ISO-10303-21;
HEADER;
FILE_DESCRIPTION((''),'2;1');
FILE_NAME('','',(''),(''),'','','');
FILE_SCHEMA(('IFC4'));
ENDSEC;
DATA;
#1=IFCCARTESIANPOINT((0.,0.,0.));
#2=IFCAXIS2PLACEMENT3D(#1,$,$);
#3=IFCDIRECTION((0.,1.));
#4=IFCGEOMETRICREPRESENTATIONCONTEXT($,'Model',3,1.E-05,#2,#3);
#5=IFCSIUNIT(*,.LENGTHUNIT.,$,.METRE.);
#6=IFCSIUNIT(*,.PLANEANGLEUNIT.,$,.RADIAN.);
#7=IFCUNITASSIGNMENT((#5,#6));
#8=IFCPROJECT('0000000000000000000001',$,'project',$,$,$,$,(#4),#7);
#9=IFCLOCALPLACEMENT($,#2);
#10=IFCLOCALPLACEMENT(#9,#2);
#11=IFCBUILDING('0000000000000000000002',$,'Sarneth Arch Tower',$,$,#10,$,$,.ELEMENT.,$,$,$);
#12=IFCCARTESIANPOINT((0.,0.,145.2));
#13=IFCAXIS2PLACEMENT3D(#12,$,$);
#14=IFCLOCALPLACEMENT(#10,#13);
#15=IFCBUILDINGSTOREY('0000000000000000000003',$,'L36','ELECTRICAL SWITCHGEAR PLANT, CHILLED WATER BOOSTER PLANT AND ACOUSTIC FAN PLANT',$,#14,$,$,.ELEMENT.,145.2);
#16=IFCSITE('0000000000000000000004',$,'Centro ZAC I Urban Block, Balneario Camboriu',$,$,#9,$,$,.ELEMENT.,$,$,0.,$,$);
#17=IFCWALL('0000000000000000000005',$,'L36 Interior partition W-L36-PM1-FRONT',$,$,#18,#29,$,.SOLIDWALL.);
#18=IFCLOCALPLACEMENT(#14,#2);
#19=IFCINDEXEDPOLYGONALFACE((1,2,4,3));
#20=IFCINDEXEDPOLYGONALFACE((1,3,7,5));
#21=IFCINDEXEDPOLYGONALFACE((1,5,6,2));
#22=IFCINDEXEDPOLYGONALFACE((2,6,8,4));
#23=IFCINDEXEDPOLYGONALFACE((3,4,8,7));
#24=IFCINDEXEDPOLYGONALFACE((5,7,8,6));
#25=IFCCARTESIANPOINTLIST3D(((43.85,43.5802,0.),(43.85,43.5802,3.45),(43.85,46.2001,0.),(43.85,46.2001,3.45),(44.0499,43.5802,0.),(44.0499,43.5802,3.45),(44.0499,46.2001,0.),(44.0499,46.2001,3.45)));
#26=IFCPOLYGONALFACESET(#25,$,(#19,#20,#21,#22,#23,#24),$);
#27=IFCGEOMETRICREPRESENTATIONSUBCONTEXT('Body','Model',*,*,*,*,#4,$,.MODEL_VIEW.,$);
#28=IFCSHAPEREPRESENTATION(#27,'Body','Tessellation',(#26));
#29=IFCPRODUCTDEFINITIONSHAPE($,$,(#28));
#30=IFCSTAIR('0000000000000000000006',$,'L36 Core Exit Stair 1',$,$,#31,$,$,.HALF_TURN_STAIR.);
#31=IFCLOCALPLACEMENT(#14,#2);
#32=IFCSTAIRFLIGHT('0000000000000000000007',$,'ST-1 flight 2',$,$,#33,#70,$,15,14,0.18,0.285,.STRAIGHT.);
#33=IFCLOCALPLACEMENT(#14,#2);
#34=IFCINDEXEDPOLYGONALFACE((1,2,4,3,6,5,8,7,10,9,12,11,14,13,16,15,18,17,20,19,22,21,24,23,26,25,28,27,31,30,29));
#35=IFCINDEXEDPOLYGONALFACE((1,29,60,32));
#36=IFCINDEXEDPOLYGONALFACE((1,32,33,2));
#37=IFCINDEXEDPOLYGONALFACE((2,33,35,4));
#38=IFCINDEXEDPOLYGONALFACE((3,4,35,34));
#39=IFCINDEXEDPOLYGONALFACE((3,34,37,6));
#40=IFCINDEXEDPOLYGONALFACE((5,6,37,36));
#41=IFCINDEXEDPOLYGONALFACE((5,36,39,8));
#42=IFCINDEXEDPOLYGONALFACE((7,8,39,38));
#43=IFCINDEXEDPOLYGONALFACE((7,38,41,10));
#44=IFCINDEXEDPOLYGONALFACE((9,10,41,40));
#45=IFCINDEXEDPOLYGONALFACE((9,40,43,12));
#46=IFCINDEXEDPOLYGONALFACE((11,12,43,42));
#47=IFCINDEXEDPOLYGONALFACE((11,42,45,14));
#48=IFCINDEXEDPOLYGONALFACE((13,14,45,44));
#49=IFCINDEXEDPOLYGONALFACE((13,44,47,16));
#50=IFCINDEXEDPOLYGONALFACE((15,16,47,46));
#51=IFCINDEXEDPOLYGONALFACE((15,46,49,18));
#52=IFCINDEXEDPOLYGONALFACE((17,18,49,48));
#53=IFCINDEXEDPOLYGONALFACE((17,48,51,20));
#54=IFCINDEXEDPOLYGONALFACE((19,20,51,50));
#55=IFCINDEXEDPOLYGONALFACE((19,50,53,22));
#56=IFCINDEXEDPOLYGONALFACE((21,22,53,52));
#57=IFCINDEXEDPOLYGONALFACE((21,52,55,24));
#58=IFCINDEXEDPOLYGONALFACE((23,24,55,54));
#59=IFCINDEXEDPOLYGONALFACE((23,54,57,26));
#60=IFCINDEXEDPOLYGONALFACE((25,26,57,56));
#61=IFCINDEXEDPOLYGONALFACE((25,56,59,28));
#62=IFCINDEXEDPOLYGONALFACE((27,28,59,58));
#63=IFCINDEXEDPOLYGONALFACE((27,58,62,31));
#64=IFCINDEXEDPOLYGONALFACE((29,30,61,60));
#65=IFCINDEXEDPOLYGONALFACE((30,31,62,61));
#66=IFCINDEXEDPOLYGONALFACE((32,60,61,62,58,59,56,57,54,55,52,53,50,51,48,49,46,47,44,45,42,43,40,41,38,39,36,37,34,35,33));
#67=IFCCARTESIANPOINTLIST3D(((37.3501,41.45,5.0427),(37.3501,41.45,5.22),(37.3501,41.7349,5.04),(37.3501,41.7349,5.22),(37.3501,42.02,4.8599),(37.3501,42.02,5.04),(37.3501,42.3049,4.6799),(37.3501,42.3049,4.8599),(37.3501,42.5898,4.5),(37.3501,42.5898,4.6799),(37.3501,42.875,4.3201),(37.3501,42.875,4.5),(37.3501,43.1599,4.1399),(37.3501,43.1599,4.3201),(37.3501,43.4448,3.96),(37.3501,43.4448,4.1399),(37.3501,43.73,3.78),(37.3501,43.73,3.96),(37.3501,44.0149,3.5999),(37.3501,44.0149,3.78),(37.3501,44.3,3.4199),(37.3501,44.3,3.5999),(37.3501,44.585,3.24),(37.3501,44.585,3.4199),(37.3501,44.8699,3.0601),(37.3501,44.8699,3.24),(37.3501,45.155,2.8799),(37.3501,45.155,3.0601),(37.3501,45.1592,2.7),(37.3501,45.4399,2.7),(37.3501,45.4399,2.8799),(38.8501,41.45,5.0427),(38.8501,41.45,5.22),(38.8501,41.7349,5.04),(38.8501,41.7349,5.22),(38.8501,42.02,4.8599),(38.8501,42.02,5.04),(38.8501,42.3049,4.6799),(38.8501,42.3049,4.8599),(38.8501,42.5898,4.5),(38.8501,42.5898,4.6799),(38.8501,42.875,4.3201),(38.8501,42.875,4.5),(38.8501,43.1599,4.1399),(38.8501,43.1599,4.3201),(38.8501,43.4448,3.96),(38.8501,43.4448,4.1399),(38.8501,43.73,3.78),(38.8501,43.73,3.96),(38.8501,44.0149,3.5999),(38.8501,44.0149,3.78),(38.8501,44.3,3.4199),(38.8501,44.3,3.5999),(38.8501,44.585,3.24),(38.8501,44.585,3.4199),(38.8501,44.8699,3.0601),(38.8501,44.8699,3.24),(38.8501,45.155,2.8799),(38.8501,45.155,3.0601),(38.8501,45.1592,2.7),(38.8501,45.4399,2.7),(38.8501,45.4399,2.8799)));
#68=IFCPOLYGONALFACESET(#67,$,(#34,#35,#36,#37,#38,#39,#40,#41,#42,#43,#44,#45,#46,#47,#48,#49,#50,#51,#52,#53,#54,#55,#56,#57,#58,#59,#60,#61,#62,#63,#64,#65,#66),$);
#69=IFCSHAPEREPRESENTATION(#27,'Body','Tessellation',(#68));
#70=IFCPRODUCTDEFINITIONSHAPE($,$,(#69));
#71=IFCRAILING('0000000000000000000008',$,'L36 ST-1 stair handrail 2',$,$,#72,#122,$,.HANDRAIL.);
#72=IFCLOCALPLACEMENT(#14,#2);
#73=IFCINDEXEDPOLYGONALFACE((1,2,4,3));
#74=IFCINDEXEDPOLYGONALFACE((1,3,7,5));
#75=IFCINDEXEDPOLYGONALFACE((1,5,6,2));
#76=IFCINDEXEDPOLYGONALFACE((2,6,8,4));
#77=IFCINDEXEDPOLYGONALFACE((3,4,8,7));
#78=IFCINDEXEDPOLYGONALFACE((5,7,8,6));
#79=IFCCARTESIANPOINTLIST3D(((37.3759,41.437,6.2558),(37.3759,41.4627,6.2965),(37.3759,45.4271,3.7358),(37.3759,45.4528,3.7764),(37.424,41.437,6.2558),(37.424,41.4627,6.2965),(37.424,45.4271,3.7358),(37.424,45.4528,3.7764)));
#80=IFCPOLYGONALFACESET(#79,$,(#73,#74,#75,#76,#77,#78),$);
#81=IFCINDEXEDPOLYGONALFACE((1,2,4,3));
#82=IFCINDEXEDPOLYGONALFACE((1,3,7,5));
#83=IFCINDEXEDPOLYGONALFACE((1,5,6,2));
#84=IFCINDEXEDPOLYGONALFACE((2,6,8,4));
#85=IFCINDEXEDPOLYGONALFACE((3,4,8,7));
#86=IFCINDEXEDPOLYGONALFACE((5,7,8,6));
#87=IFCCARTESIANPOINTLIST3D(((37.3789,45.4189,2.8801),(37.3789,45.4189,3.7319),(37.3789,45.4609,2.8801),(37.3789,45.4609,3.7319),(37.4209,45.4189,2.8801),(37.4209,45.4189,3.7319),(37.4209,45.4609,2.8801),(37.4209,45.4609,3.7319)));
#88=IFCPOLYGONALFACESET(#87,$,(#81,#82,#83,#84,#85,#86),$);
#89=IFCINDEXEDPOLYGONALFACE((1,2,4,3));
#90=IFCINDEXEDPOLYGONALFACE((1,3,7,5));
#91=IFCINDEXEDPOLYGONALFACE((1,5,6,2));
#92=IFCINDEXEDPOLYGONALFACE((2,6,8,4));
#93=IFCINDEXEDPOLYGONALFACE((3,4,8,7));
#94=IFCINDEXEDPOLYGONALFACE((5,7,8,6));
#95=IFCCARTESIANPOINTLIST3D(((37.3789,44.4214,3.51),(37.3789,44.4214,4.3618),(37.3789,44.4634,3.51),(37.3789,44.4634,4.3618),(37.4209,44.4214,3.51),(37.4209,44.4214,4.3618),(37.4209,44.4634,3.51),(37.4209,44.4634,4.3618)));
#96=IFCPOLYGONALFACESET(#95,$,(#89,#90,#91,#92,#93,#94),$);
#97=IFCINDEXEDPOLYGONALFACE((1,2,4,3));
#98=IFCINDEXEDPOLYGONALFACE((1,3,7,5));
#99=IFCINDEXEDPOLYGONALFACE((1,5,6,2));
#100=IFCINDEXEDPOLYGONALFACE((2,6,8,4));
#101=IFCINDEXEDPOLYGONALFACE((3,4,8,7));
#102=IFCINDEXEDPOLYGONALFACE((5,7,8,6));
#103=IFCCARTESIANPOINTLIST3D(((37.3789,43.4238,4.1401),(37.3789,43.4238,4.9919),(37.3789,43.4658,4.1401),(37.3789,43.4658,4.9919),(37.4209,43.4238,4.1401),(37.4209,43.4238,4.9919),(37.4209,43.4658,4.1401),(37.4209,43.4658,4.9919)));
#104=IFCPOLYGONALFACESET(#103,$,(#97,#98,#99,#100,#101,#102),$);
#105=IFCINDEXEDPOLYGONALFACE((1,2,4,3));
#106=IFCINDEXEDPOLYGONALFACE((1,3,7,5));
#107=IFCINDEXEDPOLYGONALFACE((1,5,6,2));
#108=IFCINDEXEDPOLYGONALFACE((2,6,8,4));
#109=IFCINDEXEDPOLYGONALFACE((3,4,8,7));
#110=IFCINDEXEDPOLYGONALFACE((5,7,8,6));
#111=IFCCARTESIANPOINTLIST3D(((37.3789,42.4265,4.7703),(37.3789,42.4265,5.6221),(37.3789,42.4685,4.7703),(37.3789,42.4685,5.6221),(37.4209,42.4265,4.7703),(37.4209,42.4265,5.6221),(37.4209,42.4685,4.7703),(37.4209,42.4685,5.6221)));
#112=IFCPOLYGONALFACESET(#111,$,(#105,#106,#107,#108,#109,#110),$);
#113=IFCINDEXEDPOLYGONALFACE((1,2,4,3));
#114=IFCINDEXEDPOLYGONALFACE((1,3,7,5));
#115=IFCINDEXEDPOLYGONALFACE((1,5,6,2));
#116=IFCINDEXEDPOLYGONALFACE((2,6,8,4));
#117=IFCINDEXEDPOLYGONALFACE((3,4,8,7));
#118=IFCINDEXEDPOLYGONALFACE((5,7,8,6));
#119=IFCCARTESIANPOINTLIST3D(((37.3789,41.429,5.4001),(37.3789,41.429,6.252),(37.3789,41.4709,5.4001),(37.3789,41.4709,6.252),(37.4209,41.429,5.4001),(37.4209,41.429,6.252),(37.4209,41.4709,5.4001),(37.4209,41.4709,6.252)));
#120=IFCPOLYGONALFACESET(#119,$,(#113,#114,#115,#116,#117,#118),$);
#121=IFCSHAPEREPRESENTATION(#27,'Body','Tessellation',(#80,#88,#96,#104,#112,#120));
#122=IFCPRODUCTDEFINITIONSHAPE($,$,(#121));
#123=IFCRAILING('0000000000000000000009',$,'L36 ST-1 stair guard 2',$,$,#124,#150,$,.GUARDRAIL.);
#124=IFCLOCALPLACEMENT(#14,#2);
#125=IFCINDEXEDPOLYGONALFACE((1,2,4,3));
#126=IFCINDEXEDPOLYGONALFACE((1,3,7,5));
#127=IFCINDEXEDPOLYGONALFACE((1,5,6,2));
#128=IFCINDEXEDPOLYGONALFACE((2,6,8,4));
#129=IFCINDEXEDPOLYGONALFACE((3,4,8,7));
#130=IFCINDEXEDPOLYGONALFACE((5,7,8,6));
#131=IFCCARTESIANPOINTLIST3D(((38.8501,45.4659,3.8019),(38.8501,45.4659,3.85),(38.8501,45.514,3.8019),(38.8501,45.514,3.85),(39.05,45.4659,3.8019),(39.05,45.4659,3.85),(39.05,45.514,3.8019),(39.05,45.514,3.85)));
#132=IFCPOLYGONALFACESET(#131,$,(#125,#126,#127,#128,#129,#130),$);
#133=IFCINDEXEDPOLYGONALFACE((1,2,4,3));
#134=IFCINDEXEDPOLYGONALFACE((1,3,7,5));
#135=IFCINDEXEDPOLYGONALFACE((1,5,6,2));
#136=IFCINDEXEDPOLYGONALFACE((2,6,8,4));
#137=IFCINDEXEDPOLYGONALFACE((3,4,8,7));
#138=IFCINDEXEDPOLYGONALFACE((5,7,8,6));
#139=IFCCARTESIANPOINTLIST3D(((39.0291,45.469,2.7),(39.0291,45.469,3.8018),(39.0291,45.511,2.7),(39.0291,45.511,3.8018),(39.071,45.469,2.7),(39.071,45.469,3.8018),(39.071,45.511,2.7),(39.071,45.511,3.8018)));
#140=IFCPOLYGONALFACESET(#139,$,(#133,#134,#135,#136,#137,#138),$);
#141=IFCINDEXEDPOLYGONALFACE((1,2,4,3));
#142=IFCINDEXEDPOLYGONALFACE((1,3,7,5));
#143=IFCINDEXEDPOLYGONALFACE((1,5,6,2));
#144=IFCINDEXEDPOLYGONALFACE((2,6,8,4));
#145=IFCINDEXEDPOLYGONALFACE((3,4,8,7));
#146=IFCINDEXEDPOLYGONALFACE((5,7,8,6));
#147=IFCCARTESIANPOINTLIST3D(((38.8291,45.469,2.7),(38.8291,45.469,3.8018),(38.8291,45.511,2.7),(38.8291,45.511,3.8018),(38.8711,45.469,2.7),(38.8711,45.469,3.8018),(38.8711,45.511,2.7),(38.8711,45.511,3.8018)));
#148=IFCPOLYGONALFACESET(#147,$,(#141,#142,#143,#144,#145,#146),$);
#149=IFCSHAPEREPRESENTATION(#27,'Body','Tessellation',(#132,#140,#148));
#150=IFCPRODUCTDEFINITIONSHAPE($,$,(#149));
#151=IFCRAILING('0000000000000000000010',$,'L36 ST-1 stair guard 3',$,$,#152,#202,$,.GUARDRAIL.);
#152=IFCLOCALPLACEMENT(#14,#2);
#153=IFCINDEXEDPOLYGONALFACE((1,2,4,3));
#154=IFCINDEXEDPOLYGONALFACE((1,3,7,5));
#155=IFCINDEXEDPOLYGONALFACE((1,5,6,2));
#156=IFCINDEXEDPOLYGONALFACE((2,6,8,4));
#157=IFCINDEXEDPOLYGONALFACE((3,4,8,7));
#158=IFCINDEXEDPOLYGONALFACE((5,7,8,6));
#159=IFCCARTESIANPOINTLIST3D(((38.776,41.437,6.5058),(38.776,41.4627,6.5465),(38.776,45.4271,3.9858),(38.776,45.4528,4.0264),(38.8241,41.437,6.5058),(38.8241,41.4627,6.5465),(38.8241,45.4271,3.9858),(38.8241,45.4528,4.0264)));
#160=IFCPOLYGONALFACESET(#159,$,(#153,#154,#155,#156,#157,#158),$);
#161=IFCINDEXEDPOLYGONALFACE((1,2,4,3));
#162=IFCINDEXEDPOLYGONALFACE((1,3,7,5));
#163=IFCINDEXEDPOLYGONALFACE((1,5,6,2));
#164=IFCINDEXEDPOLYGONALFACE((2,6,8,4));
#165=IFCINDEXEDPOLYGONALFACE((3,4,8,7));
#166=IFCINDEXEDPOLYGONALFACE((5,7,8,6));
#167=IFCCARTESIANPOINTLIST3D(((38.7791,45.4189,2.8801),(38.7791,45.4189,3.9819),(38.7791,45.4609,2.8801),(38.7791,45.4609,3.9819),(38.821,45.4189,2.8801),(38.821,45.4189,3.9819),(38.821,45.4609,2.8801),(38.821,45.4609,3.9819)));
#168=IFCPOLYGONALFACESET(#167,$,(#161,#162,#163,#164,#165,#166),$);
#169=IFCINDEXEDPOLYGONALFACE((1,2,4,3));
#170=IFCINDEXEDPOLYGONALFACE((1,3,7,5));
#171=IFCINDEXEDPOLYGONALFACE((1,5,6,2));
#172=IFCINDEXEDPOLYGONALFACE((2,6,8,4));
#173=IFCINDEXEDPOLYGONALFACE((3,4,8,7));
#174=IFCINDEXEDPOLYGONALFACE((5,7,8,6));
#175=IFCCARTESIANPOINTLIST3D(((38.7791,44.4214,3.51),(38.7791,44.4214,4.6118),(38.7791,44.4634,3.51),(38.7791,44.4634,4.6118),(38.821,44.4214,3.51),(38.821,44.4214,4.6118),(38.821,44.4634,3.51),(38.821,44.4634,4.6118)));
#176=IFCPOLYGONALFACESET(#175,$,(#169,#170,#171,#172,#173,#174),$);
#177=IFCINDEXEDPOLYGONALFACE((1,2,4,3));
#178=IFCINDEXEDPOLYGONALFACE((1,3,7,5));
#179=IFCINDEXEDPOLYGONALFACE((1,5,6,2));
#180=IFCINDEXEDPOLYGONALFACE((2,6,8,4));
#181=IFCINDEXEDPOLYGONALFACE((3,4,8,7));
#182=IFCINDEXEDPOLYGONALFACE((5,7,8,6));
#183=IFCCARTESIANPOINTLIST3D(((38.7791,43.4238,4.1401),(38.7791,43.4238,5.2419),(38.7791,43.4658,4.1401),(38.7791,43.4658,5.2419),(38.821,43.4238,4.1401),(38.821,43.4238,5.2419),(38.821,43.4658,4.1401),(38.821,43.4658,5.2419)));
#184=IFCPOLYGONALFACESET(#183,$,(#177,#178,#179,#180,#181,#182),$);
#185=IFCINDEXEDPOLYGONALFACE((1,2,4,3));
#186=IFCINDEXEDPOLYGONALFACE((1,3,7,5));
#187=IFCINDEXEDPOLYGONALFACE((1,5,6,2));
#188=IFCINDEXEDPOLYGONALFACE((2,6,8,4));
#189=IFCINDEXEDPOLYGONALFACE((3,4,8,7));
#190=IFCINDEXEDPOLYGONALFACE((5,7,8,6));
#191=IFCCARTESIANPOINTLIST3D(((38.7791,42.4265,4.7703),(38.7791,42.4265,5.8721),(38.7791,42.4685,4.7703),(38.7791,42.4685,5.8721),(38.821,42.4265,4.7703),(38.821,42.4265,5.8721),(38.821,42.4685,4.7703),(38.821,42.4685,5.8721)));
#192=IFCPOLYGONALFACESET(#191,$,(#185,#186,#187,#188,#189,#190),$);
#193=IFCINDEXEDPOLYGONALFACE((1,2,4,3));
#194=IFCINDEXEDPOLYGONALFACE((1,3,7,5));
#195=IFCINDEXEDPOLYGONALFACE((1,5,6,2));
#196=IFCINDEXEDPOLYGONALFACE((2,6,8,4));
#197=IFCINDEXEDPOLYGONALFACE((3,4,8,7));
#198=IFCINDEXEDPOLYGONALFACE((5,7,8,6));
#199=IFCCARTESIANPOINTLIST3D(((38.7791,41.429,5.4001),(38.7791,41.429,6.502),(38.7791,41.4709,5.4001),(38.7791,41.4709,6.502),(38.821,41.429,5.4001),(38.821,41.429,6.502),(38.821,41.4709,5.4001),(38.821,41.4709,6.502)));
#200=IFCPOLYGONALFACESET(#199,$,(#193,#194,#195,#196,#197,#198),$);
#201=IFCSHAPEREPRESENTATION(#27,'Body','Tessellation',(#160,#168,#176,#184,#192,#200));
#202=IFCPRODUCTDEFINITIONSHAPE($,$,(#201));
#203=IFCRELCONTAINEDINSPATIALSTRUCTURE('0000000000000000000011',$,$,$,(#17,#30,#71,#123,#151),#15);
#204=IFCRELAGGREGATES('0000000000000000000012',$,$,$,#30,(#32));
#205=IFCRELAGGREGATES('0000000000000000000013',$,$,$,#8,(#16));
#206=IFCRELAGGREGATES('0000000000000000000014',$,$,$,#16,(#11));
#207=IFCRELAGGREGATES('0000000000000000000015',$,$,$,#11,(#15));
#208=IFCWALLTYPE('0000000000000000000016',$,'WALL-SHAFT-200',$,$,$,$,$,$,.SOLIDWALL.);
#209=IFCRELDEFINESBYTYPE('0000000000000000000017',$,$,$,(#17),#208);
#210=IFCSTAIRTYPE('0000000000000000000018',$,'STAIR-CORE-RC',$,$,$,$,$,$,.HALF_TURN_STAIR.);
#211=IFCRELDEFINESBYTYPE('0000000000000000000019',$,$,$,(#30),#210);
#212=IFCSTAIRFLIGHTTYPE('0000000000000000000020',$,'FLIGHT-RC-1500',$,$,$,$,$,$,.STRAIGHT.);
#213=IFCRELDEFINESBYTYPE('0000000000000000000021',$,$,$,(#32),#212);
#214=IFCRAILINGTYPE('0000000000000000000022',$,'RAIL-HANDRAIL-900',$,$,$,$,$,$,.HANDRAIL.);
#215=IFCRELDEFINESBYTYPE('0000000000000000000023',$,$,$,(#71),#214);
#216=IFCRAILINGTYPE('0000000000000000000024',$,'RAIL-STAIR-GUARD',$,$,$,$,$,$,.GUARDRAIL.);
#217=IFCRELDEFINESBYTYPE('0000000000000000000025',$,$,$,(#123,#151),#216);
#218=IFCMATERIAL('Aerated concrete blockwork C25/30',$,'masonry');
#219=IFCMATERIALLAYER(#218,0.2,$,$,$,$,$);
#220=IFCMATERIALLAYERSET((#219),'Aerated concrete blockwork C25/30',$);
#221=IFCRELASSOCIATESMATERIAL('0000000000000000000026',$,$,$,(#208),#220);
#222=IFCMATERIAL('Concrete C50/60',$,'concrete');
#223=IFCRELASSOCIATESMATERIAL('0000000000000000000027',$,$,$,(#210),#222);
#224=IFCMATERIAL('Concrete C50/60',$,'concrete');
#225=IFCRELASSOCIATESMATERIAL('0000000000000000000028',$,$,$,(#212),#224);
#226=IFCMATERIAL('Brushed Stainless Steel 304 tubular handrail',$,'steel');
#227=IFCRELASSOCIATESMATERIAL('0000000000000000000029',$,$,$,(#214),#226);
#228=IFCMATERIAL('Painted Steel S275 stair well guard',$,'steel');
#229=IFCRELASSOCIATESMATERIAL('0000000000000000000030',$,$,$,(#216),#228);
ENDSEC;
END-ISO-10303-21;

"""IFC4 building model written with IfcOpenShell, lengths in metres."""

from ifc_helpers import new_model, si_unit, direction, frame, frame_2d, origin, origin_2d, place, context, subcontext, project, spatial, polyline, rectangle, outline, extrude, material, layer, layer_set, type_object, element, aggregate, save


model = new_model("IFC4")

# Units and contexts
model_context = context("Model", 3, precision=1e-05, world=origin(), true_north=direction((0.0, 1.0)))
body_context = subcontext(model_context, "Body", "Model", "MODEL_VIEW")
ifc_project = project(units=[si_unit("LENGTHUNIT", "METRE"), si_unit("PLANEANGLEUNIT", "RADIAN")], contexts=[model_context])

# Site, building, storey
site_placement = place(None, origin())
site = spatial("IfcSite", under=ifc_project, at=site_placement, Name="Centro ZAC I Urban Block, Balneario Camboriu", CompositionType="ELEMENT", RefElevation=0.0)
building_placement = place(site_placement, origin())
building = spatial("IfcBuilding", under=site, at=building_placement, Name="Sarneth Arch Tower", CompositionType="ELEMENT")
storey_placement = place(building_placement, frame((0.0, 0.0, 145.2)))
storey = spatial("IfcBuildingStorey", under=building, at=storey_placement, Name="L36", Description="ELECTRICAL SWITCHGEAR PLANT, CHILLED WATER BOOSTER PLANT AND ACOUSTIC FAN PLANT", CompositionType="ELEMENT", Elevation=145.2)

# Shared definitions
ifc_material_1 = material(Name="Aerated concrete blockwork C25/30", Category="masonry")
ifc_layer_1 = layer(ifc_material_1, 0.2)
ifc_layer_set_1 = layer_set([ifc_layer_1], Name="Aerated concrete blockwork C25/30")
wall_type_1 = type_object("IfcWallType", Name="WALL-SHAFT-200", PredefinedType="SOLIDWALL", material=ifc_layer_set_1)

# Wall
wall_1_placement = place(storey_placement, frame((43.95, 43.5801, 0.0), z_axis=(0.0, 0.0, 1.0), x_axis=(0.0, 1.0, 0.0)))
element("IfcWall", 1, at=wall_1_placement, inside=storey, type_object=wall_type_1, Name="L36 Interior partition W-L36-PM1-FRONT", PredefinedType="SOLIDWALL", context=body_context, shape_type="SweptSolid", body=[
    extrude(rectangle(XDim=2.6199, YDim=0.2, at=frame_2d((1.3101, 0.0))), origin(), (0.0, 0.0, 1.0), 3.45),
])

# Stair, stair flight
ifc_material_2 = material(Name="Concrete C50/60", Category="concrete")
stair_type = type_object("IfcStairType", Name="STAIR-CORE-RC", PredefinedType="HALF_TURN_STAIR", material=ifc_material_2)
stair_placement = place(storey_placement, origin())
stair = element("IfcStair", 2, at=stair_placement, inside=storey, type_object=stair_type, Name="L36 Core Exit Stair 1", PredefinedType="HALF_TURN_STAIR")
ifc_material_3 = material(Name="Concrete C50/60", Category="concrete")
stair_flight_type = type_object("IfcStairFlightType", Name="FLIGHT-RC-1500", PredefinedType="STRAIGHT", material=ifc_material_3)
stair_flight_placement = place(storey_placement, frame((38.1001, 45.4399, 2.7), z_axis=(0.0, 0.0, 1.0), x_axis=(0.0, -1.0, 0.0)))
stair_flight = element("IfcStairFlight", 3, at=stair_flight_placement, type_object=stair_flight_type, Name="ST-1 flight 2", NumberOfRisers=15, NumberOfTreads=14, PredefinedType="STRAIGHT", RiserHeight=0.18, TreadLength=0.285, context=body_context, shape_type="SweptSolid", body=[
    extrude(outline(polyline([(0.0, 0.0), (0.0, 0.1799), (0.2849, 0.1799), (0.2849, 0.3601), (0.5701, 0.3601), (0.5701, 0.54), (0.855, 0.54), (0.855, 0.72), (1.1399, 0.72), (1.1399, 0.8999), (1.425, 0.8999), (1.425, 1.0801), (1.71, 1.0801), (1.71, 1.26), (1.9951, 1.26), (1.9951, 1.4399), (2.28, 1.4399), (2.28, 1.6201), (2.5649, 1.6201), (2.5649, 1.8), (2.8501, 1.8), (2.8501, 1.98), (3.135, 1.98), (3.135, 2.1599), (3.4199, 2.1599), (3.4199, 2.3401), (3.7051, 2.3401), (3.7051, 2.52), (3.99, 2.52), (3.99, 2.7), (3.99, 2.3428), (0.2808, 0.0), (0.0, 0.0)])), frame((0.0, 0.75, 0.0), z_axis=(0.0, -1.0, 0.0), x_axis=(1.0, 0.0, 0.0)), (0.0, 0.0, 1.0), 1.5),
])
aggregate(stair, [stair_flight])

# Railings
ifc_material_4 = material(Name="Brushed Stainless Steel 304 tubular handrail", Category="steel")
railing_type_1 = type_object("IfcRailingType", Name="RAIL-HANDRAIL-900", PredefinedType="HANDRAIL", material=ifc_material_4)
railing_1_placement = place(storey_placement, frame((37.3999, 45.4399, 2.8801)))
element("IfcRailing", 4, at=railing_1_placement, inside=storey, type_object=railing_type_1, Name="L36 ST-1 stair handrail 2", PredefinedType="HANDRAIL", context=body_context, shape_type="SweptSolid", body=[
    extrude(rectangle(XDim=0.0481, YDim=0.0481, at=origin_2d()), frame((0.0, 0.0, 0.876), z_axis=(0.0, -0.845486, 0.533997), x_axis=(1.0, 0.0, 0.0)), (0.0, 0.0, 1.0), 4.7192),
    extrude(rectangle(XDim=0.042, YDim=0.042, at=origin_2d()), origin(), (0.0, 0.0, 1.0), 0.8518),
    extrude(rectangle(XDim=0.042, YDim=0.042, at=origin_2d()), frame((0.0, -0.9976, 0.6299)), (0.0, 0.0, 1.0), 0.8518),
    extrude(rectangle(XDim=0.042, YDim=0.042, at=origin_2d()), frame((0.0, -1.9951, 1.26)), (0.0, 0.0, 1.0), 0.8518),
    extrude(rectangle(XDim=0.042, YDim=0.042, at=origin_2d()), frame((0.0, -2.9924, 1.8901)), (0.0, 0.0, 1.0), 0.8518),
    extrude(rectangle(XDim=0.042, YDim=0.042, at=origin_2d()), frame((0.0, -3.99, 2.52)), (0.0, 0.0, 1.0), 0.8518),
])
ifc_material_5 = material(Name="Painted Steel S275 stair well guard", Category="steel")
railing_type_2 = type_object("IfcRailingType", Name="RAIL-STAIR-GUARD", PredefinedType="GUARDRAIL", material=ifc_material_5)
railing_2_placement = place(storey_placement, frame((39.05, 45.49, 2.7)))
element("IfcRailing", 5, at=railing_2_placement, inside=storey, type_object=railing_type_2, Name="L36 ST-1 stair guard 2", PredefinedType="GUARDRAIL", context=body_context, shape_type="SweptSolid", body=[
    extrude(rectangle(XDim=0.0481, YDim=0.0481, at=origin_2d()), frame((0.0, 0.0, 1.126), z_axis=(-1.0, 0.0, 0.0), x_axis=(0.0, -1.0, 0.0)), (0.0, 0.0, 1.0), 0.2),
    extrude(rectangle(XDim=0.042, YDim=0.042, at=origin_2d()), origin(), (0.0, 0.0, 1.0), 1.1018),
    extrude(rectangle(XDim=0.042, YDim=0.042, at=origin_2d()), frame((-0.2, 0.0, 0.0)), (0.0, 0.0, 1.0), 1.1018),
])
railing_3_placement = place(storey_placement, frame((38.8, 45.4399, 2.8801)))
element("IfcRailing", 6, at=railing_3_placement, inside=storey, type_object=railing_type_2, Name="L36 ST-1 stair guard 3", PredefinedType="GUARDRAIL", context=body_context, shape_type="SweptSolid", body=[
    extrude(rectangle(XDim=0.0481, YDim=0.0481, at=origin_2d()), frame((0.0, 0.0, 1.126), z_axis=(0.0, -0.845486, 0.533997), x_axis=(1.0, 0.0, 0.0)), (0.0, 0.0, 1.0), 4.7192),
    extrude(rectangle(XDim=0.042, YDim=0.042, at=origin_2d()), origin(), (0.0, 0.0, 1.0), 1.1018),
    extrude(rectangle(XDim=0.042, YDim=0.042, at=origin_2d()), frame((0.0, -0.9976, 0.6299)), (0.0, 0.0, 1.0), 1.1018),
    extrude(rectangle(XDim=0.042, YDim=0.042, at=origin_2d()), frame((0.0, -1.9951, 1.26)), (0.0, 0.0, 1.0), 1.1018),
    extrude(rectangle(XDim=0.042, YDim=0.042, at=origin_2d()), frame((0.0, -2.9924, 1.8901)), (0.0, 0.0, 1.0), 1.1018),
    extrude(rectangle(XDim=0.042, YDim=0.042, at=origin_2d()), frame((0.0, -3.99, 2.52)), (0.0, 0.0, 1.0), 1.1018),
])

save(model, "model.ifc")
